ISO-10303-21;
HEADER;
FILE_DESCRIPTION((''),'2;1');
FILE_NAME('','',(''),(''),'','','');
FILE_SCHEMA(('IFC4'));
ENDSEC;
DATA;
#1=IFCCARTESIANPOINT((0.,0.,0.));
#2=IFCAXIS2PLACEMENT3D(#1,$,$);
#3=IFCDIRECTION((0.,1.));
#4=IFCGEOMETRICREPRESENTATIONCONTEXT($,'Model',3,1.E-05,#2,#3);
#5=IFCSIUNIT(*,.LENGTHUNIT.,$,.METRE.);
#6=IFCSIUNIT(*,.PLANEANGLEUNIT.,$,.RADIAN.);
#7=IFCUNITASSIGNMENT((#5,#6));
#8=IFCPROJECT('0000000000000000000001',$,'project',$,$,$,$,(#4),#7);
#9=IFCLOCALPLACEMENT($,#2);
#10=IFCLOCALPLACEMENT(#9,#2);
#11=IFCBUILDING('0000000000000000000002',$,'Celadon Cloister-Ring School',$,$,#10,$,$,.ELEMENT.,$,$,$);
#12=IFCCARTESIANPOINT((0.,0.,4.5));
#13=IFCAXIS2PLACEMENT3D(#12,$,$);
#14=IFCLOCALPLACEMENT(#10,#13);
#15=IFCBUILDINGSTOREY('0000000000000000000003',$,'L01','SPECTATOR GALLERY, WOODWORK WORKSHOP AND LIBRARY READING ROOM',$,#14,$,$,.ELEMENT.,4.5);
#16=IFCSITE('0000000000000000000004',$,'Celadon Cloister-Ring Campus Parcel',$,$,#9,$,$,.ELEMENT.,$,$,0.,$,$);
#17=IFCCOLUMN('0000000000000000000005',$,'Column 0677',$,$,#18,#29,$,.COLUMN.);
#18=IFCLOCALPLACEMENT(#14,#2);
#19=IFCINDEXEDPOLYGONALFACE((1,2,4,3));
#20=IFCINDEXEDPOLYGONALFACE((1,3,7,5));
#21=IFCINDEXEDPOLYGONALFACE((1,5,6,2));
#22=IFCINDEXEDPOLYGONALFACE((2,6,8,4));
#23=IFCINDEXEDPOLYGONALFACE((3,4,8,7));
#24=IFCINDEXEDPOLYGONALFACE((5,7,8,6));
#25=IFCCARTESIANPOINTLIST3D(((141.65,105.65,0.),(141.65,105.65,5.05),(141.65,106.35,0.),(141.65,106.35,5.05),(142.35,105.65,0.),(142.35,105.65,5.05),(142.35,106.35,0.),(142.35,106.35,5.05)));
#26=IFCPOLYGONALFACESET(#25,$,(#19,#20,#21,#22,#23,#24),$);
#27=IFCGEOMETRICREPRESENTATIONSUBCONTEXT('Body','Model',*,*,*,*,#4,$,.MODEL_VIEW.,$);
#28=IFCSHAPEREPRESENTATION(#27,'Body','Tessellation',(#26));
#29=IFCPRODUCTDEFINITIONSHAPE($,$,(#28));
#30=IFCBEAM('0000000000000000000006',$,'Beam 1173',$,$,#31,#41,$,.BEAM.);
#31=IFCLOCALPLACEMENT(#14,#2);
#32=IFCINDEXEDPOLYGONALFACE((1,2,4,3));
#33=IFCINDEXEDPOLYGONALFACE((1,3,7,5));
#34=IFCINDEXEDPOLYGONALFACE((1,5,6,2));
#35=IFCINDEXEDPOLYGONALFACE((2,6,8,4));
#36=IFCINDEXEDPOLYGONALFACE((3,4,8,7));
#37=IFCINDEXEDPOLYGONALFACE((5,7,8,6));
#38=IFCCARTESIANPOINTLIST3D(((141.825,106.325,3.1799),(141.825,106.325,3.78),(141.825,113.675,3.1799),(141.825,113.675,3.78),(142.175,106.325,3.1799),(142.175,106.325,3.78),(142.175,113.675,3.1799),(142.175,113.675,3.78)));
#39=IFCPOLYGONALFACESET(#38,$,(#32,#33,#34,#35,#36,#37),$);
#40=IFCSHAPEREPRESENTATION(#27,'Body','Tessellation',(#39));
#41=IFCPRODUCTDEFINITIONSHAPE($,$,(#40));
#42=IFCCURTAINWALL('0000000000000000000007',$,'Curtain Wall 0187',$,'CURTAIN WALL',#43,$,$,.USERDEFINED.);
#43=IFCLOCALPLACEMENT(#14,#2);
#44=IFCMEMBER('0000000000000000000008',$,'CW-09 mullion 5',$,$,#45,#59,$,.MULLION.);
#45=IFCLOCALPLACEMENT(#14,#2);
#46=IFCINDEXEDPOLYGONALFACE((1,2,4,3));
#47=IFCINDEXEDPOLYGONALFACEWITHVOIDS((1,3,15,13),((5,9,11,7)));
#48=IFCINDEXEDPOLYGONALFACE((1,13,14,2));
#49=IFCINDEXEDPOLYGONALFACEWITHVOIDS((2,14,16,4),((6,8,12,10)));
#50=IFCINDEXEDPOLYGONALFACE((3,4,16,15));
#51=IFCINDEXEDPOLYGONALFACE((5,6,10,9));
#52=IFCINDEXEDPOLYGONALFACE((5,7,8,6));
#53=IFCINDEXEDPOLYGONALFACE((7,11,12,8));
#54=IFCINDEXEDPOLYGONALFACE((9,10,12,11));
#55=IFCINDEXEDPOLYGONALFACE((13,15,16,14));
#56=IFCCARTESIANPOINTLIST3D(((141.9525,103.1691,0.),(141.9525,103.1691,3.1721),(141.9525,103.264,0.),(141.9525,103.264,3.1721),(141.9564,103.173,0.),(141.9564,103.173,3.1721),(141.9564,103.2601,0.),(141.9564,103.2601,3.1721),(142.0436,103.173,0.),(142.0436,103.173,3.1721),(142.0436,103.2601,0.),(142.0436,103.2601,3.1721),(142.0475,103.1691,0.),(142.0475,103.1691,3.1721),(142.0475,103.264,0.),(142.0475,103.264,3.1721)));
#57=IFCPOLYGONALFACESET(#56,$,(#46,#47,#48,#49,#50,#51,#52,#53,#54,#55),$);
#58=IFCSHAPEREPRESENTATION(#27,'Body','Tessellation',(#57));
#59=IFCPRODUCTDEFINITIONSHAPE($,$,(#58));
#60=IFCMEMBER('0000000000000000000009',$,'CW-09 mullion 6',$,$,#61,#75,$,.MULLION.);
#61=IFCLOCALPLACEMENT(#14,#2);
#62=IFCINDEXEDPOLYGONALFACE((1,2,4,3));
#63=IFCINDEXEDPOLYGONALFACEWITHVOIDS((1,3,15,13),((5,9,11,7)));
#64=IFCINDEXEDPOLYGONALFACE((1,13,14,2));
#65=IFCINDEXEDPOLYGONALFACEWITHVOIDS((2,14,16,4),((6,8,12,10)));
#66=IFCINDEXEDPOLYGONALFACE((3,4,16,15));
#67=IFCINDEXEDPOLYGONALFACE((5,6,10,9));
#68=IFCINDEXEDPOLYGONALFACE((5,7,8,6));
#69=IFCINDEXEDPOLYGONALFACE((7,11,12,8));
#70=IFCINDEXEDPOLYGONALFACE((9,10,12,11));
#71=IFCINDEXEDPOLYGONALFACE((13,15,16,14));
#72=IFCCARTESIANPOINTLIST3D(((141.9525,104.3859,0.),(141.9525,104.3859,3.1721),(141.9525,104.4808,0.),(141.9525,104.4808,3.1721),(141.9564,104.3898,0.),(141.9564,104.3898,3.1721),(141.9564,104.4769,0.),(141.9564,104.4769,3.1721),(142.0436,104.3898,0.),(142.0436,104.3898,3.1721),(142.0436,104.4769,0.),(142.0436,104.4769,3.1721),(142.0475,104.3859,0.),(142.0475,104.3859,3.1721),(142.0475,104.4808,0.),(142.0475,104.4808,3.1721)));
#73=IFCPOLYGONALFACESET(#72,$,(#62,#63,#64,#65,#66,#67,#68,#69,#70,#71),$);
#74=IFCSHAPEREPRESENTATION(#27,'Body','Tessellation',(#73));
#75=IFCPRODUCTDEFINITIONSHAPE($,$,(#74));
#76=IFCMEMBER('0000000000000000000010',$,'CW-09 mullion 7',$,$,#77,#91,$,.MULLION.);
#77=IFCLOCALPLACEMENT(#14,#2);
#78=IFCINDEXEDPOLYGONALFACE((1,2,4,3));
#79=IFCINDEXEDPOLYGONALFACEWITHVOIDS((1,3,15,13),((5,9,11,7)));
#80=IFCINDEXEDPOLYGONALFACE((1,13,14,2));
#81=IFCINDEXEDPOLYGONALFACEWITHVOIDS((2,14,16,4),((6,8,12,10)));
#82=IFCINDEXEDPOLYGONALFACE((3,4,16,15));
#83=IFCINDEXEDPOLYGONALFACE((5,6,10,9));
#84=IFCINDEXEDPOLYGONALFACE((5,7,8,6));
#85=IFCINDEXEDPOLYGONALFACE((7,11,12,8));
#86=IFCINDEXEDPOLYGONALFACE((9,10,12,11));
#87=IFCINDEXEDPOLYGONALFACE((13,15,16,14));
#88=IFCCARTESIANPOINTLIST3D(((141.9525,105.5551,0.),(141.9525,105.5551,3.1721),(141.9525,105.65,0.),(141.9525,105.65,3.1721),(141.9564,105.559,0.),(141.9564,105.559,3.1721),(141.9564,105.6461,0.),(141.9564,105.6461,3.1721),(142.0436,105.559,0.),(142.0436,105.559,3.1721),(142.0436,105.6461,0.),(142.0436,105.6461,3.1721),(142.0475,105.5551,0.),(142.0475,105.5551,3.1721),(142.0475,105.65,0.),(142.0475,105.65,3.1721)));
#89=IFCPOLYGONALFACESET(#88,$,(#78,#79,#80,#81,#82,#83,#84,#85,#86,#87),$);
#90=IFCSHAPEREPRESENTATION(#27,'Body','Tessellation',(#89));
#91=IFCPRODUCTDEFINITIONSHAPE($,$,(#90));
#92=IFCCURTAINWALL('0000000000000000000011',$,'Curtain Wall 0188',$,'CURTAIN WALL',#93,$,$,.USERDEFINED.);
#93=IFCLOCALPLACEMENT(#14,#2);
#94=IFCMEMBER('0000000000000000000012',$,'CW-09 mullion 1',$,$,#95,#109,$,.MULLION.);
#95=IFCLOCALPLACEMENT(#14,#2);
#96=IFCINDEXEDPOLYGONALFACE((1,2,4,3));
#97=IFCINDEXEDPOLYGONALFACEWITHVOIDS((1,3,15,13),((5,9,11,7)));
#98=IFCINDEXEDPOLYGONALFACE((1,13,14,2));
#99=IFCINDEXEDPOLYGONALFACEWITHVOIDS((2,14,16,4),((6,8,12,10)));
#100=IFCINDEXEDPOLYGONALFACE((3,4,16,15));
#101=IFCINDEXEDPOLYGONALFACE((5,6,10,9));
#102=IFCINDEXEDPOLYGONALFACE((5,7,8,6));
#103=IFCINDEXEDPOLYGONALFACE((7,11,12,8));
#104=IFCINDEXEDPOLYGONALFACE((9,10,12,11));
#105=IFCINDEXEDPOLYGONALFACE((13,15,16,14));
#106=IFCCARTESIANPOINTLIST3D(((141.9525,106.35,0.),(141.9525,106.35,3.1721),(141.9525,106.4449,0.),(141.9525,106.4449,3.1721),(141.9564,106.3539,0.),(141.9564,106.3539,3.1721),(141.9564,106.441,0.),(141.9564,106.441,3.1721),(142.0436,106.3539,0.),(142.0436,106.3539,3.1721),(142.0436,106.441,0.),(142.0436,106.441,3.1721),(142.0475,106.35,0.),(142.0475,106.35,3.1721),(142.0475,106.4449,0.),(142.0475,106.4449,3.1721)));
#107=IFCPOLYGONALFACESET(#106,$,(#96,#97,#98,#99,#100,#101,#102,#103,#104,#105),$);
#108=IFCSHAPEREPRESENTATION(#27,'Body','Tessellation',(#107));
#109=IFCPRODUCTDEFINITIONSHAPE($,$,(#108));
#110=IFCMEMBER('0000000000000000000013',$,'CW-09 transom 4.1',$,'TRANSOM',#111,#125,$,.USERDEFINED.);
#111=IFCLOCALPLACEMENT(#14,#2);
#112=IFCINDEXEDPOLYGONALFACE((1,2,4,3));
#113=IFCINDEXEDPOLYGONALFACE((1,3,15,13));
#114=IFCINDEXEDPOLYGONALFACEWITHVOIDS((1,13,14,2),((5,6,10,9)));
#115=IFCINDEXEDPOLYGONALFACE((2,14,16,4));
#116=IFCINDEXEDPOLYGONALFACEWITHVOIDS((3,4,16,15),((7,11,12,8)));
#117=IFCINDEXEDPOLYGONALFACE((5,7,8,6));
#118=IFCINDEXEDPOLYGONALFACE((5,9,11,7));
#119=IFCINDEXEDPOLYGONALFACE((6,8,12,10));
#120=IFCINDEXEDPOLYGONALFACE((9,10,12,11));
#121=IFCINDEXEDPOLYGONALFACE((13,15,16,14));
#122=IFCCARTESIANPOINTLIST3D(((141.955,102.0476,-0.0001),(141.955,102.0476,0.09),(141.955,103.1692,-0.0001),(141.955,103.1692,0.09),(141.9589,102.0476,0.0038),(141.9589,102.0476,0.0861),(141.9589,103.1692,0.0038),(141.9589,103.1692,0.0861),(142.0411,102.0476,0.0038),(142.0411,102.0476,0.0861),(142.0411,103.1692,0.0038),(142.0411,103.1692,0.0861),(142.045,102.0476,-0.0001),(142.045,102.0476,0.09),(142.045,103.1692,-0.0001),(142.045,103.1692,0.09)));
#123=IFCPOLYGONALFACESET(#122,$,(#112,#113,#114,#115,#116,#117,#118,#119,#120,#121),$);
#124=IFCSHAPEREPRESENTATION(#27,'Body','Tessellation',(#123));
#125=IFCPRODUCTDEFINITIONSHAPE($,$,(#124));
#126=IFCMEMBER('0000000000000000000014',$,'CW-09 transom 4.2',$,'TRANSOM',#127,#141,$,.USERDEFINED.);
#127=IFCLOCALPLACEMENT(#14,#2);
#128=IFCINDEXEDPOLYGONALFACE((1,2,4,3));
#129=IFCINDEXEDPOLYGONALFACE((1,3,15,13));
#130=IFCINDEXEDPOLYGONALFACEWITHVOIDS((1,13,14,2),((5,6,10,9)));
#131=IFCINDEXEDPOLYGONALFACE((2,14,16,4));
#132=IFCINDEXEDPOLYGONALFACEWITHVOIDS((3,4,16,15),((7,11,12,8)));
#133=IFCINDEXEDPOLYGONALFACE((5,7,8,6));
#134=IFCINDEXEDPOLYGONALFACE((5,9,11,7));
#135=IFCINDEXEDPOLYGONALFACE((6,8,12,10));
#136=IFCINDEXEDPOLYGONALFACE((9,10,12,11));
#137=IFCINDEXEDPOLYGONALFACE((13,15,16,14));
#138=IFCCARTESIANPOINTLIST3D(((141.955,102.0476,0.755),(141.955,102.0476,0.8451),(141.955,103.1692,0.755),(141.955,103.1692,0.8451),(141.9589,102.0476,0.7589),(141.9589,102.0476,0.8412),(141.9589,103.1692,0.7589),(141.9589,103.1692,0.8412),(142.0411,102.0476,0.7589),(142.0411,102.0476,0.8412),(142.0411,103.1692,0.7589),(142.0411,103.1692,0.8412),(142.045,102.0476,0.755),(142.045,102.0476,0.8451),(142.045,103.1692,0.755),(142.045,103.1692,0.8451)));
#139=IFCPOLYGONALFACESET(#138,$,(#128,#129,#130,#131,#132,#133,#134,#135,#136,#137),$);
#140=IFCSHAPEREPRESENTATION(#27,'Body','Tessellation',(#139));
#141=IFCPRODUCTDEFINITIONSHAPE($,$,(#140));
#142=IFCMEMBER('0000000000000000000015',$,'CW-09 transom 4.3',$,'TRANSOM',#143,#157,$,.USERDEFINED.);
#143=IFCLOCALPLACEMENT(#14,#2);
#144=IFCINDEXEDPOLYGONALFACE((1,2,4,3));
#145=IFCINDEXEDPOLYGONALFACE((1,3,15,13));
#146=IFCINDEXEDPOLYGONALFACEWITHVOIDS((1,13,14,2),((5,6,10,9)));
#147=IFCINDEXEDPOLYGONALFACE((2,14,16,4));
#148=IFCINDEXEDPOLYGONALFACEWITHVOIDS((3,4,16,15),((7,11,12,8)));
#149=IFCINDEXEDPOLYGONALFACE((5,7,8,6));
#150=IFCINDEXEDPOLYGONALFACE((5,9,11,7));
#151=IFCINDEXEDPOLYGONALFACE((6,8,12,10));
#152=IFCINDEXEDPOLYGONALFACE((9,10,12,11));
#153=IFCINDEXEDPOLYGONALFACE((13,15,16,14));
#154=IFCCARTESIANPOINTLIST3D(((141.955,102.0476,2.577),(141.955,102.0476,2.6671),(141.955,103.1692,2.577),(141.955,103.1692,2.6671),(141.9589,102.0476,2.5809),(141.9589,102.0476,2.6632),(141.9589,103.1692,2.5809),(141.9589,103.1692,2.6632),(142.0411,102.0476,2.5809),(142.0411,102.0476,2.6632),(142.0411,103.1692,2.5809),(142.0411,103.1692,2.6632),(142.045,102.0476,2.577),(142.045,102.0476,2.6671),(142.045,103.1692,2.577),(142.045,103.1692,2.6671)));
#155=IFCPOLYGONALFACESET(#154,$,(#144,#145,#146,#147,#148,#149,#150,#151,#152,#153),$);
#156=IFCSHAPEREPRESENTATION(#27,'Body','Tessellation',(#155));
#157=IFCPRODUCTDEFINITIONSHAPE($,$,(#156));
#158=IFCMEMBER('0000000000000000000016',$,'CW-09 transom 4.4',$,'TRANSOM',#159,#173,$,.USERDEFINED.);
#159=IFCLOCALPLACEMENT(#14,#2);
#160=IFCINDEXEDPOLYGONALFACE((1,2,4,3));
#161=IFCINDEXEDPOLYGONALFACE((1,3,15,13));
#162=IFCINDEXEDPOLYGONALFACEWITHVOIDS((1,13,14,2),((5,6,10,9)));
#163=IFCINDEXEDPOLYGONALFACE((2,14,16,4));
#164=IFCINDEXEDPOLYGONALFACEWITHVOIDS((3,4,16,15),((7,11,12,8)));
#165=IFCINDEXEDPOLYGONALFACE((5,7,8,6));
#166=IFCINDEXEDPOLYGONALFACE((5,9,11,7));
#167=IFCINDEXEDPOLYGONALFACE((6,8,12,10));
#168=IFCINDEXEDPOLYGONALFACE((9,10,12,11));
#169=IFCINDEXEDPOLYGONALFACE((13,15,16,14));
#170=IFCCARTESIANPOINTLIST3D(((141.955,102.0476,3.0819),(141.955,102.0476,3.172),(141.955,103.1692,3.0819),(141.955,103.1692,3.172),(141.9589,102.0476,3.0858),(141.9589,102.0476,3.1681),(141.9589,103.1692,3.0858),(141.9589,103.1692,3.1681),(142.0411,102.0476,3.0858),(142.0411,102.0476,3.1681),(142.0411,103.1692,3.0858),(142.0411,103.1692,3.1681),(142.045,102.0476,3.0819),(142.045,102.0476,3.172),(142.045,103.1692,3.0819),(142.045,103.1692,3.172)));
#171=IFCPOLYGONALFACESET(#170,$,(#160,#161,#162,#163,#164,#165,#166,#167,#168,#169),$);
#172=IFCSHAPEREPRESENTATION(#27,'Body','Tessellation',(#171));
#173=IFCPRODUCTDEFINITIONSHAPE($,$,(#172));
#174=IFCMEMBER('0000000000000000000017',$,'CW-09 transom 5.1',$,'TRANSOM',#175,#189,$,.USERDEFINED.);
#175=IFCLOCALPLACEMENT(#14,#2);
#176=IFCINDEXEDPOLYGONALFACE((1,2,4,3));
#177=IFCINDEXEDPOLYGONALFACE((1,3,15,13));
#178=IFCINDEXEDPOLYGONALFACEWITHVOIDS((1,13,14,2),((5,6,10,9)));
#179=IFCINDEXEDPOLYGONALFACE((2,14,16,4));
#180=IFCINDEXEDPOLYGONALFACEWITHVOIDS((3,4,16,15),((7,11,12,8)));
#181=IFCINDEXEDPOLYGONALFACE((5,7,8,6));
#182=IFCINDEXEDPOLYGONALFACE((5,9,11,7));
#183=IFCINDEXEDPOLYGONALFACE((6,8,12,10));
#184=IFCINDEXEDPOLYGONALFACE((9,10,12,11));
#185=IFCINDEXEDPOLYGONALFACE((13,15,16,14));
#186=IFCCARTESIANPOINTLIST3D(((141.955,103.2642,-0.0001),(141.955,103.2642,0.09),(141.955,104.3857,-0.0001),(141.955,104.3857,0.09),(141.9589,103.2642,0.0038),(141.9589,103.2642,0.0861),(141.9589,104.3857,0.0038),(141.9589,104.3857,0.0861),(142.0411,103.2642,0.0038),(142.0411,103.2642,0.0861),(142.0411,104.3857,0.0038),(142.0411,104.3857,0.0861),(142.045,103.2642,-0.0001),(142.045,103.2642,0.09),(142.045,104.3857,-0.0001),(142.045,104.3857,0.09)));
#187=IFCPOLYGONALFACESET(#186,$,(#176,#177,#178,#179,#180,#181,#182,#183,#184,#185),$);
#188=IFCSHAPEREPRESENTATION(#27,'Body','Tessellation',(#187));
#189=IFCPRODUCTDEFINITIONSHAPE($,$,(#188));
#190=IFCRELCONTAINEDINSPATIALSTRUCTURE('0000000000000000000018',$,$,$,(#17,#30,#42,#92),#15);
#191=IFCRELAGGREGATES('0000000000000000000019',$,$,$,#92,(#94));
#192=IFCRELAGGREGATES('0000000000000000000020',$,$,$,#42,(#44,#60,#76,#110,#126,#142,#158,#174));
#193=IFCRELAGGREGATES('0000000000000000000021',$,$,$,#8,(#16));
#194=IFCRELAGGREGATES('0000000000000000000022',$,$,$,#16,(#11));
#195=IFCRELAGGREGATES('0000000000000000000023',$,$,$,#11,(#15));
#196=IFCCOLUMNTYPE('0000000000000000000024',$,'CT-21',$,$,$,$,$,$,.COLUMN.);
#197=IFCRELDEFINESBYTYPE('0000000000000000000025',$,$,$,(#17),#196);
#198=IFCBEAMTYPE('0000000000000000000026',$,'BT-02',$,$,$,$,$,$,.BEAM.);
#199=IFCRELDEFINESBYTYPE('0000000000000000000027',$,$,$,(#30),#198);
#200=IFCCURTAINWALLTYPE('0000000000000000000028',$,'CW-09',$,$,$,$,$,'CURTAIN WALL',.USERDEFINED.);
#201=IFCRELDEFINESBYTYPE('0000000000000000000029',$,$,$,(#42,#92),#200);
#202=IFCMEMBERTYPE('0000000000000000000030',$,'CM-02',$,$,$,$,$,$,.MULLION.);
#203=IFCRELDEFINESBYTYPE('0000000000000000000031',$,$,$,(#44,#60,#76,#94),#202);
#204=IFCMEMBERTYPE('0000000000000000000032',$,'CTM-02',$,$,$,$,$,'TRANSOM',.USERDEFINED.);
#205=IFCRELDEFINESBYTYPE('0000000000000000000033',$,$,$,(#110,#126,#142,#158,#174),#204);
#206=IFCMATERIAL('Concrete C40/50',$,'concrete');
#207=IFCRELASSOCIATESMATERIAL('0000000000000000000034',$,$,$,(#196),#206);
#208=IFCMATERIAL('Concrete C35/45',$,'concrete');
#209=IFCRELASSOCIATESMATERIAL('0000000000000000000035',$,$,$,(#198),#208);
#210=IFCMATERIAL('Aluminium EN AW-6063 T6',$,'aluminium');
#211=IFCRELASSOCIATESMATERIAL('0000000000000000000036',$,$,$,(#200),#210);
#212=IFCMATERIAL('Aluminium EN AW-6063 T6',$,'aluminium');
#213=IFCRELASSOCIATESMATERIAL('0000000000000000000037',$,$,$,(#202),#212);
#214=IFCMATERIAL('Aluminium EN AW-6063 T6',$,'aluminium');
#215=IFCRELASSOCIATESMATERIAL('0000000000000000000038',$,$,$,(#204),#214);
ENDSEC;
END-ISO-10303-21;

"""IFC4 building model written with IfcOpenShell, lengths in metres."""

from ifc_helpers import new_model, si_unit, direction, frame, origin, origin_2d, place, context, subcontext, project, spatial, rectangle, hollow_rectangle, extrude, material, material_profile, profile_set, type_object, element, aggregate, save


model = new_model("IFC4")

# Units and contexts
model_context = context("Model", 3, precision=1e-05, world=origin(), true_north=direction((0.0, 1.0)))
body_context = subcontext(model_context, "Body", "Model", "MODEL_VIEW")
ifc_project = project(units=[si_unit("LENGTHUNIT", "METRE"), si_unit("PLANEANGLEUNIT", "RADIAN")], contexts=[model_context])

# Site, building, storey
site_placement = place(None, origin())
site = spatial("IfcSite", under=ifc_project, at=site_placement, Name="Celadon Cloister-Ring Campus Parcel", CompositionType="ELEMENT", RefElevation=0.0)
building_placement = place(site_placement, origin())
building = spatial("IfcBuilding", under=site, at=building_placement, Name="Celadon Cloister-Ring School", CompositionType="ELEMENT")
storey_placement = place(building_placement, frame((0.0, 0.0, 4.5)))
storey = spatial("IfcBuildingStorey", under=building, at=storey_placement, Name="L01", Description="SPECTATOR GALLERY, WOODWORK WORKSHOP AND LIBRARY READING ROOM", CompositionType="ELEMENT", Elevation=4.5)

# Column
ifc_material_1 = material(Name="Concrete C40/50", Category="concrete")
ifc_material_profile_1 = material_profile(ifc_material_1, rectangle(XDim=0.7, YDim=0.7, at=origin_2d()), Name="RC700X700")
ifc_profile_set_1 = profile_set([ifc_material_profile_1], Name="Concrete C40/50")
column_type = type_object("IfcColumnType", Name="CT-21", PredefinedType="COLUMN", material=ifc_profile_set_1)
column_placement = place(storey_placement, frame((142.0, 106.0, 0.0), z_axis=(0.0, 0.0, 1.0), x_axis=(1.0, 0.0, 0.0)))
element("IfcColumn", 1, at=column_placement, inside=storey, type_object=column_type, Name="Column 0677", PredefinedType="COLUMN", context=body_context, shape_type="SweptSolid", body=[
    extrude(rectangle(XDim=0.7, YDim=0.7, at=origin_2d()), origin(), (0.0, 0.0, 1.0), 5.05),
])

# Beam
ifc_material_2 = material(Name="Concrete C35/45", Category="concrete")
ifc_material_profile_2 = material_profile(ifc_material_2, rectangle(XDim=0.3501, YDim=0.6001, at=origin_2d()), Name="RC350X600")
ifc_profile_set_2 = profile_set([ifc_material_profile_2], Name="Concrete C35/45")
beam_type = type_object("IfcBeamType", Name="BT-02", PredefinedType="BEAM", material=ifc_profile_set_2)
beam_placement = place(storey_placement, frame((142.0, 106.325, 3.48), z_axis=(0.0, 1.0, 0.0), x_axis=(-1.0, 0.0, 0.0)))
element("IfcBeam", 2, at=beam_placement, inside=storey, type_object=beam_type, Name="Beam 1173", PredefinedType="BEAM", context=body_context, shape_type="SweptSolid", body=[
    extrude(rectangle(XDim=0.3501, YDim=0.6001, at=origin_2d()), origin(), (0.0, 0.0, 1.0), 7.3501),
])

# Curtain wall, members
ifc_material_3 = material(Name="Aluminium EN AW-6063 T6", Category="aluminium")
curtain_wall_type = type_object("IfcCurtainWallType", Name="CW-09", ElementType="CURTAIN WALL", PredefinedType="USERDEFINED", material=ifc_material_3)
curtain_wall_1_placement = place(storey_placement, origin())
curtain_wall_1 = element("IfcCurtainWall", 3, at=curtain_wall_1_placement, inside=storey, type_object=curtain_wall_type, Name="Curtain Wall 0187", ObjectType="CURTAIN WALL", PredefinedType="USERDEFINED")
ifc_material_4 = material(Name="Aluminium EN AW-6063 T6", Category="aluminium")
ifc_material_profile_3 = material_profile(ifc_material_4, hollow_rectangle(XDim=0.095, YDim=0.095, WallThickness=0.0039, at=origin_2d()), Name="RHS95X95X4")
ifc_profile_set_3 = profile_set([ifc_material_profile_3], Name="Aluminium EN AW-6063 T6")
member_type_1 = type_object("IfcMemberType", Name="CM-02", PredefinedType="MULLION", material=ifc_profile_set_3)
member_1_placement = place(storey_placement, frame((142.0, 103.2166, 0.0), z_axis=(0.0, 0.0, 1.0), x_axis=(-1.0, 0.0, 0.0)))
member_1 = element("IfcMember", 4, at=member_1_placement, type_object=member_type_1, Name="CW-09 mullion 5", PredefinedType="MULLION", context=body_context, shape_type="SweptSolid", body=[
    extrude(hollow_rectangle(XDim=0.095, YDim=0.095, WallThickness=0.0039, at=origin_2d()), origin(), (0.0, 0.0, 1.0), 3.1721),
])
member_2_placement = place(storey_placement, frame((142.0, 104.4333, 0.0), z_axis=(0.0, 0.0, 1.0), x_axis=(-1.0, 0.0, 0.0)))
member_2 = element("IfcMember", 5, at=member_2_placement, type_object=member_type_1, Name="CW-09 mullion 6", PredefinedType="MULLION", context=body_context, shape_type="SweptSolid", body=[
    extrude(hollow_rectangle(XDim=0.095, YDim=0.095, WallThickness=0.0039, at=origin_2d()), origin(), (0.0, 0.0, 1.0), 3.1721),
])
member_3_placement = place(storey_placement, frame((142.0, 105.6025, 0.0), z_axis=(0.0, 0.0, 1.0), x_axis=(-1.0, 0.0, 0.0)))
member_3 = element("IfcMember", 6, at=member_3_placement, type_object=member_type_1, Name="CW-09 mullion 7", PredefinedType="MULLION", context=body_context, shape_type="SweptSolid", body=[
    extrude(hollow_rectangle(XDim=0.095, YDim=0.095, WallThickness=0.0039, at=origin_2d()), origin(), (0.0, 0.0, 1.0), 3.1721),
])

# Curtain wall, member
curtain_wall_2_placement = place(storey_placement, origin())
curtain_wall_2 = element("IfcCurtainWall", 7, at=curtain_wall_2_placement, inside=storey, type_object=curtain_wall_type, Name="Curtain Wall 0188", ObjectType="CURTAIN WALL", PredefinedType="USERDEFINED")
member_4_placement = place(storey_placement, frame((142.0, 106.3975, 0.0), z_axis=(0.0, 0.0, 1.0), x_axis=(-1.0, 0.0, 0.0)))
member_4 = element("IfcMember", 8, at=member_4_placement, type_object=member_type_1, Name="CW-09 mullion 1", PredefinedType="MULLION", context=body_context, shape_type="SweptSolid", body=[
    extrude(hollow_rectangle(XDim=0.095, YDim=0.095, WallThickness=0.0039, at=origin_2d()), origin(), (0.0, 0.0, 1.0), 3.1721),
])

# Members
ifc_material_5 = material(Name="Aluminium EN AW-6063 T6", Category="aluminium")
ifc_material_profile_4 = material_profile(ifc_material_5, hollow_rectangle(XDim=0.0901, YDim=0.0901, WallThickness=0.0039, at=origin_2d()), Name="RHS90X90X4")
ifc_profile_set_4 = profile_set([ifc_material_profile_4], Name="Aluminium EN AW-6063 T6")
member_type_2 = type_object("IfcMemberType", Name="CTM-02", ElementType="TRANSOM", PredefinedType="USERDEFINED", material=ifc_profile_set_4)
member_5_placement = place(storey_placement, frame((142.0, 102.0476, 0.0449), z_axis=(0.0, 1.0, 0.0), x_axis=(-1.0, 0.0, 0.0)))
member_5 = element("IfcMember", 9, at=member_5_placement, type_object=member_type_2, Name="CW-09 transom 4.1", ObjectType="TRANSOM", PredefinedType="USERDEFINED", context=body_context, shape_type="SweptSolid", body=[
    extrude(hollow_rectangle(XDim=0.0901, YDim=0.0901, WallThickness=0.0039, at=origin_2d()), origin(), (0.0, 0.0, 1.0), 1.1216),
])
member_6_placement = place(storey_placement, frame((142.0, 102.0476, 0.8), z_axis=(0.0, 1.0, 0.0), x_axis=(-1.0, 0.0, 0.0)))
member_6 = element("IfcMember", 10, at=member_6_placement, type_object=member_type_2, Name="CW-09 transom 4.2", ObjectType="TRANSOM", PredefinedType="USERDEFINED", context=body_context, shape_type="SweptSolid", body=[
    extrude(hollow_rectangle(XDim=0.0901, YDim=0.0901, WallThickness=0.0039, at=origin_2d()), origin(), (0.0, 0.0, 1.0), 1.1216),
])
member_7_placement = place(storey_placement, frame((142.0, 102.0476, 2.6221), z_axis=(0.0, 1.0, 0.0), x_axis=(-1.0, 0.0, 0.0)))
member_7 = element("IfcMember", 11, at=member_7_placement, type_object=member_type_2, Name="CW-09 transom 4.3", ObjectType="TRANSOM", PredefinedType="USERDEFINED", context=body_context, shape_type="SweptSolid", body=[
    extrude(hollow_rectangle(XDim=0.0901, YDim=0.0901, WallThickness=0.0039, at=origin_2d()), origin(), (0.0, 0.0, 1.0), 1.1216),
])
member_8_placement = place(storey_placement, frame((142.0, 102.0476, 3.127), z_axis=(0.0, 1.0, 0.0), x_axis=(-1.0, 0.0, 0.0)))
member_8 = element("IfcMember", 12, at=member_8_placement, type_object=member_type_2, Name="CW-09 transom 4.4", ObjectType="TRANSOM", PredefinedType="USERDEFINED", context=body_context, shape_type="SweptSolid", body=[
    extrude(hollow_rectangle(XDim=0.0901, YDim=0.0901, WallThickness=0.0039, at=origin_2d()), origin(), (0.0, 0.0, 1.0), 1.1216),
])
member_9_placement = place(storey_placement, frame((142.0, 103.2642, 0.0449), z_axis=(0.0, 1.0, 0.0), x_axis=(-1.0, 0.0, 0.0)))
member_9 = element("IfcMember", 13, at=member_9_placement, type_object=member_type_2, Name="CW-09 transom 5.1", ObjectType="TRANSOM", PredefinedType="USERDEFINED", context=body_context, shape_type="SweptSolid", body=[
    extrude(hollow_rectangle(XDim=0.0901, YDim=0.0901, WallThickness=0.0039, at=origin_2d()), origin(), (0.0, 0.0, 1.0), 1.1216),
])
aggregate(curtain_wall_2, [member_4])

aggregate(curtain_wall_1, [member_1, member_2, member_3, member_5, member_6, member_7, member_8, member_9])

save(model, "model.ifc")
